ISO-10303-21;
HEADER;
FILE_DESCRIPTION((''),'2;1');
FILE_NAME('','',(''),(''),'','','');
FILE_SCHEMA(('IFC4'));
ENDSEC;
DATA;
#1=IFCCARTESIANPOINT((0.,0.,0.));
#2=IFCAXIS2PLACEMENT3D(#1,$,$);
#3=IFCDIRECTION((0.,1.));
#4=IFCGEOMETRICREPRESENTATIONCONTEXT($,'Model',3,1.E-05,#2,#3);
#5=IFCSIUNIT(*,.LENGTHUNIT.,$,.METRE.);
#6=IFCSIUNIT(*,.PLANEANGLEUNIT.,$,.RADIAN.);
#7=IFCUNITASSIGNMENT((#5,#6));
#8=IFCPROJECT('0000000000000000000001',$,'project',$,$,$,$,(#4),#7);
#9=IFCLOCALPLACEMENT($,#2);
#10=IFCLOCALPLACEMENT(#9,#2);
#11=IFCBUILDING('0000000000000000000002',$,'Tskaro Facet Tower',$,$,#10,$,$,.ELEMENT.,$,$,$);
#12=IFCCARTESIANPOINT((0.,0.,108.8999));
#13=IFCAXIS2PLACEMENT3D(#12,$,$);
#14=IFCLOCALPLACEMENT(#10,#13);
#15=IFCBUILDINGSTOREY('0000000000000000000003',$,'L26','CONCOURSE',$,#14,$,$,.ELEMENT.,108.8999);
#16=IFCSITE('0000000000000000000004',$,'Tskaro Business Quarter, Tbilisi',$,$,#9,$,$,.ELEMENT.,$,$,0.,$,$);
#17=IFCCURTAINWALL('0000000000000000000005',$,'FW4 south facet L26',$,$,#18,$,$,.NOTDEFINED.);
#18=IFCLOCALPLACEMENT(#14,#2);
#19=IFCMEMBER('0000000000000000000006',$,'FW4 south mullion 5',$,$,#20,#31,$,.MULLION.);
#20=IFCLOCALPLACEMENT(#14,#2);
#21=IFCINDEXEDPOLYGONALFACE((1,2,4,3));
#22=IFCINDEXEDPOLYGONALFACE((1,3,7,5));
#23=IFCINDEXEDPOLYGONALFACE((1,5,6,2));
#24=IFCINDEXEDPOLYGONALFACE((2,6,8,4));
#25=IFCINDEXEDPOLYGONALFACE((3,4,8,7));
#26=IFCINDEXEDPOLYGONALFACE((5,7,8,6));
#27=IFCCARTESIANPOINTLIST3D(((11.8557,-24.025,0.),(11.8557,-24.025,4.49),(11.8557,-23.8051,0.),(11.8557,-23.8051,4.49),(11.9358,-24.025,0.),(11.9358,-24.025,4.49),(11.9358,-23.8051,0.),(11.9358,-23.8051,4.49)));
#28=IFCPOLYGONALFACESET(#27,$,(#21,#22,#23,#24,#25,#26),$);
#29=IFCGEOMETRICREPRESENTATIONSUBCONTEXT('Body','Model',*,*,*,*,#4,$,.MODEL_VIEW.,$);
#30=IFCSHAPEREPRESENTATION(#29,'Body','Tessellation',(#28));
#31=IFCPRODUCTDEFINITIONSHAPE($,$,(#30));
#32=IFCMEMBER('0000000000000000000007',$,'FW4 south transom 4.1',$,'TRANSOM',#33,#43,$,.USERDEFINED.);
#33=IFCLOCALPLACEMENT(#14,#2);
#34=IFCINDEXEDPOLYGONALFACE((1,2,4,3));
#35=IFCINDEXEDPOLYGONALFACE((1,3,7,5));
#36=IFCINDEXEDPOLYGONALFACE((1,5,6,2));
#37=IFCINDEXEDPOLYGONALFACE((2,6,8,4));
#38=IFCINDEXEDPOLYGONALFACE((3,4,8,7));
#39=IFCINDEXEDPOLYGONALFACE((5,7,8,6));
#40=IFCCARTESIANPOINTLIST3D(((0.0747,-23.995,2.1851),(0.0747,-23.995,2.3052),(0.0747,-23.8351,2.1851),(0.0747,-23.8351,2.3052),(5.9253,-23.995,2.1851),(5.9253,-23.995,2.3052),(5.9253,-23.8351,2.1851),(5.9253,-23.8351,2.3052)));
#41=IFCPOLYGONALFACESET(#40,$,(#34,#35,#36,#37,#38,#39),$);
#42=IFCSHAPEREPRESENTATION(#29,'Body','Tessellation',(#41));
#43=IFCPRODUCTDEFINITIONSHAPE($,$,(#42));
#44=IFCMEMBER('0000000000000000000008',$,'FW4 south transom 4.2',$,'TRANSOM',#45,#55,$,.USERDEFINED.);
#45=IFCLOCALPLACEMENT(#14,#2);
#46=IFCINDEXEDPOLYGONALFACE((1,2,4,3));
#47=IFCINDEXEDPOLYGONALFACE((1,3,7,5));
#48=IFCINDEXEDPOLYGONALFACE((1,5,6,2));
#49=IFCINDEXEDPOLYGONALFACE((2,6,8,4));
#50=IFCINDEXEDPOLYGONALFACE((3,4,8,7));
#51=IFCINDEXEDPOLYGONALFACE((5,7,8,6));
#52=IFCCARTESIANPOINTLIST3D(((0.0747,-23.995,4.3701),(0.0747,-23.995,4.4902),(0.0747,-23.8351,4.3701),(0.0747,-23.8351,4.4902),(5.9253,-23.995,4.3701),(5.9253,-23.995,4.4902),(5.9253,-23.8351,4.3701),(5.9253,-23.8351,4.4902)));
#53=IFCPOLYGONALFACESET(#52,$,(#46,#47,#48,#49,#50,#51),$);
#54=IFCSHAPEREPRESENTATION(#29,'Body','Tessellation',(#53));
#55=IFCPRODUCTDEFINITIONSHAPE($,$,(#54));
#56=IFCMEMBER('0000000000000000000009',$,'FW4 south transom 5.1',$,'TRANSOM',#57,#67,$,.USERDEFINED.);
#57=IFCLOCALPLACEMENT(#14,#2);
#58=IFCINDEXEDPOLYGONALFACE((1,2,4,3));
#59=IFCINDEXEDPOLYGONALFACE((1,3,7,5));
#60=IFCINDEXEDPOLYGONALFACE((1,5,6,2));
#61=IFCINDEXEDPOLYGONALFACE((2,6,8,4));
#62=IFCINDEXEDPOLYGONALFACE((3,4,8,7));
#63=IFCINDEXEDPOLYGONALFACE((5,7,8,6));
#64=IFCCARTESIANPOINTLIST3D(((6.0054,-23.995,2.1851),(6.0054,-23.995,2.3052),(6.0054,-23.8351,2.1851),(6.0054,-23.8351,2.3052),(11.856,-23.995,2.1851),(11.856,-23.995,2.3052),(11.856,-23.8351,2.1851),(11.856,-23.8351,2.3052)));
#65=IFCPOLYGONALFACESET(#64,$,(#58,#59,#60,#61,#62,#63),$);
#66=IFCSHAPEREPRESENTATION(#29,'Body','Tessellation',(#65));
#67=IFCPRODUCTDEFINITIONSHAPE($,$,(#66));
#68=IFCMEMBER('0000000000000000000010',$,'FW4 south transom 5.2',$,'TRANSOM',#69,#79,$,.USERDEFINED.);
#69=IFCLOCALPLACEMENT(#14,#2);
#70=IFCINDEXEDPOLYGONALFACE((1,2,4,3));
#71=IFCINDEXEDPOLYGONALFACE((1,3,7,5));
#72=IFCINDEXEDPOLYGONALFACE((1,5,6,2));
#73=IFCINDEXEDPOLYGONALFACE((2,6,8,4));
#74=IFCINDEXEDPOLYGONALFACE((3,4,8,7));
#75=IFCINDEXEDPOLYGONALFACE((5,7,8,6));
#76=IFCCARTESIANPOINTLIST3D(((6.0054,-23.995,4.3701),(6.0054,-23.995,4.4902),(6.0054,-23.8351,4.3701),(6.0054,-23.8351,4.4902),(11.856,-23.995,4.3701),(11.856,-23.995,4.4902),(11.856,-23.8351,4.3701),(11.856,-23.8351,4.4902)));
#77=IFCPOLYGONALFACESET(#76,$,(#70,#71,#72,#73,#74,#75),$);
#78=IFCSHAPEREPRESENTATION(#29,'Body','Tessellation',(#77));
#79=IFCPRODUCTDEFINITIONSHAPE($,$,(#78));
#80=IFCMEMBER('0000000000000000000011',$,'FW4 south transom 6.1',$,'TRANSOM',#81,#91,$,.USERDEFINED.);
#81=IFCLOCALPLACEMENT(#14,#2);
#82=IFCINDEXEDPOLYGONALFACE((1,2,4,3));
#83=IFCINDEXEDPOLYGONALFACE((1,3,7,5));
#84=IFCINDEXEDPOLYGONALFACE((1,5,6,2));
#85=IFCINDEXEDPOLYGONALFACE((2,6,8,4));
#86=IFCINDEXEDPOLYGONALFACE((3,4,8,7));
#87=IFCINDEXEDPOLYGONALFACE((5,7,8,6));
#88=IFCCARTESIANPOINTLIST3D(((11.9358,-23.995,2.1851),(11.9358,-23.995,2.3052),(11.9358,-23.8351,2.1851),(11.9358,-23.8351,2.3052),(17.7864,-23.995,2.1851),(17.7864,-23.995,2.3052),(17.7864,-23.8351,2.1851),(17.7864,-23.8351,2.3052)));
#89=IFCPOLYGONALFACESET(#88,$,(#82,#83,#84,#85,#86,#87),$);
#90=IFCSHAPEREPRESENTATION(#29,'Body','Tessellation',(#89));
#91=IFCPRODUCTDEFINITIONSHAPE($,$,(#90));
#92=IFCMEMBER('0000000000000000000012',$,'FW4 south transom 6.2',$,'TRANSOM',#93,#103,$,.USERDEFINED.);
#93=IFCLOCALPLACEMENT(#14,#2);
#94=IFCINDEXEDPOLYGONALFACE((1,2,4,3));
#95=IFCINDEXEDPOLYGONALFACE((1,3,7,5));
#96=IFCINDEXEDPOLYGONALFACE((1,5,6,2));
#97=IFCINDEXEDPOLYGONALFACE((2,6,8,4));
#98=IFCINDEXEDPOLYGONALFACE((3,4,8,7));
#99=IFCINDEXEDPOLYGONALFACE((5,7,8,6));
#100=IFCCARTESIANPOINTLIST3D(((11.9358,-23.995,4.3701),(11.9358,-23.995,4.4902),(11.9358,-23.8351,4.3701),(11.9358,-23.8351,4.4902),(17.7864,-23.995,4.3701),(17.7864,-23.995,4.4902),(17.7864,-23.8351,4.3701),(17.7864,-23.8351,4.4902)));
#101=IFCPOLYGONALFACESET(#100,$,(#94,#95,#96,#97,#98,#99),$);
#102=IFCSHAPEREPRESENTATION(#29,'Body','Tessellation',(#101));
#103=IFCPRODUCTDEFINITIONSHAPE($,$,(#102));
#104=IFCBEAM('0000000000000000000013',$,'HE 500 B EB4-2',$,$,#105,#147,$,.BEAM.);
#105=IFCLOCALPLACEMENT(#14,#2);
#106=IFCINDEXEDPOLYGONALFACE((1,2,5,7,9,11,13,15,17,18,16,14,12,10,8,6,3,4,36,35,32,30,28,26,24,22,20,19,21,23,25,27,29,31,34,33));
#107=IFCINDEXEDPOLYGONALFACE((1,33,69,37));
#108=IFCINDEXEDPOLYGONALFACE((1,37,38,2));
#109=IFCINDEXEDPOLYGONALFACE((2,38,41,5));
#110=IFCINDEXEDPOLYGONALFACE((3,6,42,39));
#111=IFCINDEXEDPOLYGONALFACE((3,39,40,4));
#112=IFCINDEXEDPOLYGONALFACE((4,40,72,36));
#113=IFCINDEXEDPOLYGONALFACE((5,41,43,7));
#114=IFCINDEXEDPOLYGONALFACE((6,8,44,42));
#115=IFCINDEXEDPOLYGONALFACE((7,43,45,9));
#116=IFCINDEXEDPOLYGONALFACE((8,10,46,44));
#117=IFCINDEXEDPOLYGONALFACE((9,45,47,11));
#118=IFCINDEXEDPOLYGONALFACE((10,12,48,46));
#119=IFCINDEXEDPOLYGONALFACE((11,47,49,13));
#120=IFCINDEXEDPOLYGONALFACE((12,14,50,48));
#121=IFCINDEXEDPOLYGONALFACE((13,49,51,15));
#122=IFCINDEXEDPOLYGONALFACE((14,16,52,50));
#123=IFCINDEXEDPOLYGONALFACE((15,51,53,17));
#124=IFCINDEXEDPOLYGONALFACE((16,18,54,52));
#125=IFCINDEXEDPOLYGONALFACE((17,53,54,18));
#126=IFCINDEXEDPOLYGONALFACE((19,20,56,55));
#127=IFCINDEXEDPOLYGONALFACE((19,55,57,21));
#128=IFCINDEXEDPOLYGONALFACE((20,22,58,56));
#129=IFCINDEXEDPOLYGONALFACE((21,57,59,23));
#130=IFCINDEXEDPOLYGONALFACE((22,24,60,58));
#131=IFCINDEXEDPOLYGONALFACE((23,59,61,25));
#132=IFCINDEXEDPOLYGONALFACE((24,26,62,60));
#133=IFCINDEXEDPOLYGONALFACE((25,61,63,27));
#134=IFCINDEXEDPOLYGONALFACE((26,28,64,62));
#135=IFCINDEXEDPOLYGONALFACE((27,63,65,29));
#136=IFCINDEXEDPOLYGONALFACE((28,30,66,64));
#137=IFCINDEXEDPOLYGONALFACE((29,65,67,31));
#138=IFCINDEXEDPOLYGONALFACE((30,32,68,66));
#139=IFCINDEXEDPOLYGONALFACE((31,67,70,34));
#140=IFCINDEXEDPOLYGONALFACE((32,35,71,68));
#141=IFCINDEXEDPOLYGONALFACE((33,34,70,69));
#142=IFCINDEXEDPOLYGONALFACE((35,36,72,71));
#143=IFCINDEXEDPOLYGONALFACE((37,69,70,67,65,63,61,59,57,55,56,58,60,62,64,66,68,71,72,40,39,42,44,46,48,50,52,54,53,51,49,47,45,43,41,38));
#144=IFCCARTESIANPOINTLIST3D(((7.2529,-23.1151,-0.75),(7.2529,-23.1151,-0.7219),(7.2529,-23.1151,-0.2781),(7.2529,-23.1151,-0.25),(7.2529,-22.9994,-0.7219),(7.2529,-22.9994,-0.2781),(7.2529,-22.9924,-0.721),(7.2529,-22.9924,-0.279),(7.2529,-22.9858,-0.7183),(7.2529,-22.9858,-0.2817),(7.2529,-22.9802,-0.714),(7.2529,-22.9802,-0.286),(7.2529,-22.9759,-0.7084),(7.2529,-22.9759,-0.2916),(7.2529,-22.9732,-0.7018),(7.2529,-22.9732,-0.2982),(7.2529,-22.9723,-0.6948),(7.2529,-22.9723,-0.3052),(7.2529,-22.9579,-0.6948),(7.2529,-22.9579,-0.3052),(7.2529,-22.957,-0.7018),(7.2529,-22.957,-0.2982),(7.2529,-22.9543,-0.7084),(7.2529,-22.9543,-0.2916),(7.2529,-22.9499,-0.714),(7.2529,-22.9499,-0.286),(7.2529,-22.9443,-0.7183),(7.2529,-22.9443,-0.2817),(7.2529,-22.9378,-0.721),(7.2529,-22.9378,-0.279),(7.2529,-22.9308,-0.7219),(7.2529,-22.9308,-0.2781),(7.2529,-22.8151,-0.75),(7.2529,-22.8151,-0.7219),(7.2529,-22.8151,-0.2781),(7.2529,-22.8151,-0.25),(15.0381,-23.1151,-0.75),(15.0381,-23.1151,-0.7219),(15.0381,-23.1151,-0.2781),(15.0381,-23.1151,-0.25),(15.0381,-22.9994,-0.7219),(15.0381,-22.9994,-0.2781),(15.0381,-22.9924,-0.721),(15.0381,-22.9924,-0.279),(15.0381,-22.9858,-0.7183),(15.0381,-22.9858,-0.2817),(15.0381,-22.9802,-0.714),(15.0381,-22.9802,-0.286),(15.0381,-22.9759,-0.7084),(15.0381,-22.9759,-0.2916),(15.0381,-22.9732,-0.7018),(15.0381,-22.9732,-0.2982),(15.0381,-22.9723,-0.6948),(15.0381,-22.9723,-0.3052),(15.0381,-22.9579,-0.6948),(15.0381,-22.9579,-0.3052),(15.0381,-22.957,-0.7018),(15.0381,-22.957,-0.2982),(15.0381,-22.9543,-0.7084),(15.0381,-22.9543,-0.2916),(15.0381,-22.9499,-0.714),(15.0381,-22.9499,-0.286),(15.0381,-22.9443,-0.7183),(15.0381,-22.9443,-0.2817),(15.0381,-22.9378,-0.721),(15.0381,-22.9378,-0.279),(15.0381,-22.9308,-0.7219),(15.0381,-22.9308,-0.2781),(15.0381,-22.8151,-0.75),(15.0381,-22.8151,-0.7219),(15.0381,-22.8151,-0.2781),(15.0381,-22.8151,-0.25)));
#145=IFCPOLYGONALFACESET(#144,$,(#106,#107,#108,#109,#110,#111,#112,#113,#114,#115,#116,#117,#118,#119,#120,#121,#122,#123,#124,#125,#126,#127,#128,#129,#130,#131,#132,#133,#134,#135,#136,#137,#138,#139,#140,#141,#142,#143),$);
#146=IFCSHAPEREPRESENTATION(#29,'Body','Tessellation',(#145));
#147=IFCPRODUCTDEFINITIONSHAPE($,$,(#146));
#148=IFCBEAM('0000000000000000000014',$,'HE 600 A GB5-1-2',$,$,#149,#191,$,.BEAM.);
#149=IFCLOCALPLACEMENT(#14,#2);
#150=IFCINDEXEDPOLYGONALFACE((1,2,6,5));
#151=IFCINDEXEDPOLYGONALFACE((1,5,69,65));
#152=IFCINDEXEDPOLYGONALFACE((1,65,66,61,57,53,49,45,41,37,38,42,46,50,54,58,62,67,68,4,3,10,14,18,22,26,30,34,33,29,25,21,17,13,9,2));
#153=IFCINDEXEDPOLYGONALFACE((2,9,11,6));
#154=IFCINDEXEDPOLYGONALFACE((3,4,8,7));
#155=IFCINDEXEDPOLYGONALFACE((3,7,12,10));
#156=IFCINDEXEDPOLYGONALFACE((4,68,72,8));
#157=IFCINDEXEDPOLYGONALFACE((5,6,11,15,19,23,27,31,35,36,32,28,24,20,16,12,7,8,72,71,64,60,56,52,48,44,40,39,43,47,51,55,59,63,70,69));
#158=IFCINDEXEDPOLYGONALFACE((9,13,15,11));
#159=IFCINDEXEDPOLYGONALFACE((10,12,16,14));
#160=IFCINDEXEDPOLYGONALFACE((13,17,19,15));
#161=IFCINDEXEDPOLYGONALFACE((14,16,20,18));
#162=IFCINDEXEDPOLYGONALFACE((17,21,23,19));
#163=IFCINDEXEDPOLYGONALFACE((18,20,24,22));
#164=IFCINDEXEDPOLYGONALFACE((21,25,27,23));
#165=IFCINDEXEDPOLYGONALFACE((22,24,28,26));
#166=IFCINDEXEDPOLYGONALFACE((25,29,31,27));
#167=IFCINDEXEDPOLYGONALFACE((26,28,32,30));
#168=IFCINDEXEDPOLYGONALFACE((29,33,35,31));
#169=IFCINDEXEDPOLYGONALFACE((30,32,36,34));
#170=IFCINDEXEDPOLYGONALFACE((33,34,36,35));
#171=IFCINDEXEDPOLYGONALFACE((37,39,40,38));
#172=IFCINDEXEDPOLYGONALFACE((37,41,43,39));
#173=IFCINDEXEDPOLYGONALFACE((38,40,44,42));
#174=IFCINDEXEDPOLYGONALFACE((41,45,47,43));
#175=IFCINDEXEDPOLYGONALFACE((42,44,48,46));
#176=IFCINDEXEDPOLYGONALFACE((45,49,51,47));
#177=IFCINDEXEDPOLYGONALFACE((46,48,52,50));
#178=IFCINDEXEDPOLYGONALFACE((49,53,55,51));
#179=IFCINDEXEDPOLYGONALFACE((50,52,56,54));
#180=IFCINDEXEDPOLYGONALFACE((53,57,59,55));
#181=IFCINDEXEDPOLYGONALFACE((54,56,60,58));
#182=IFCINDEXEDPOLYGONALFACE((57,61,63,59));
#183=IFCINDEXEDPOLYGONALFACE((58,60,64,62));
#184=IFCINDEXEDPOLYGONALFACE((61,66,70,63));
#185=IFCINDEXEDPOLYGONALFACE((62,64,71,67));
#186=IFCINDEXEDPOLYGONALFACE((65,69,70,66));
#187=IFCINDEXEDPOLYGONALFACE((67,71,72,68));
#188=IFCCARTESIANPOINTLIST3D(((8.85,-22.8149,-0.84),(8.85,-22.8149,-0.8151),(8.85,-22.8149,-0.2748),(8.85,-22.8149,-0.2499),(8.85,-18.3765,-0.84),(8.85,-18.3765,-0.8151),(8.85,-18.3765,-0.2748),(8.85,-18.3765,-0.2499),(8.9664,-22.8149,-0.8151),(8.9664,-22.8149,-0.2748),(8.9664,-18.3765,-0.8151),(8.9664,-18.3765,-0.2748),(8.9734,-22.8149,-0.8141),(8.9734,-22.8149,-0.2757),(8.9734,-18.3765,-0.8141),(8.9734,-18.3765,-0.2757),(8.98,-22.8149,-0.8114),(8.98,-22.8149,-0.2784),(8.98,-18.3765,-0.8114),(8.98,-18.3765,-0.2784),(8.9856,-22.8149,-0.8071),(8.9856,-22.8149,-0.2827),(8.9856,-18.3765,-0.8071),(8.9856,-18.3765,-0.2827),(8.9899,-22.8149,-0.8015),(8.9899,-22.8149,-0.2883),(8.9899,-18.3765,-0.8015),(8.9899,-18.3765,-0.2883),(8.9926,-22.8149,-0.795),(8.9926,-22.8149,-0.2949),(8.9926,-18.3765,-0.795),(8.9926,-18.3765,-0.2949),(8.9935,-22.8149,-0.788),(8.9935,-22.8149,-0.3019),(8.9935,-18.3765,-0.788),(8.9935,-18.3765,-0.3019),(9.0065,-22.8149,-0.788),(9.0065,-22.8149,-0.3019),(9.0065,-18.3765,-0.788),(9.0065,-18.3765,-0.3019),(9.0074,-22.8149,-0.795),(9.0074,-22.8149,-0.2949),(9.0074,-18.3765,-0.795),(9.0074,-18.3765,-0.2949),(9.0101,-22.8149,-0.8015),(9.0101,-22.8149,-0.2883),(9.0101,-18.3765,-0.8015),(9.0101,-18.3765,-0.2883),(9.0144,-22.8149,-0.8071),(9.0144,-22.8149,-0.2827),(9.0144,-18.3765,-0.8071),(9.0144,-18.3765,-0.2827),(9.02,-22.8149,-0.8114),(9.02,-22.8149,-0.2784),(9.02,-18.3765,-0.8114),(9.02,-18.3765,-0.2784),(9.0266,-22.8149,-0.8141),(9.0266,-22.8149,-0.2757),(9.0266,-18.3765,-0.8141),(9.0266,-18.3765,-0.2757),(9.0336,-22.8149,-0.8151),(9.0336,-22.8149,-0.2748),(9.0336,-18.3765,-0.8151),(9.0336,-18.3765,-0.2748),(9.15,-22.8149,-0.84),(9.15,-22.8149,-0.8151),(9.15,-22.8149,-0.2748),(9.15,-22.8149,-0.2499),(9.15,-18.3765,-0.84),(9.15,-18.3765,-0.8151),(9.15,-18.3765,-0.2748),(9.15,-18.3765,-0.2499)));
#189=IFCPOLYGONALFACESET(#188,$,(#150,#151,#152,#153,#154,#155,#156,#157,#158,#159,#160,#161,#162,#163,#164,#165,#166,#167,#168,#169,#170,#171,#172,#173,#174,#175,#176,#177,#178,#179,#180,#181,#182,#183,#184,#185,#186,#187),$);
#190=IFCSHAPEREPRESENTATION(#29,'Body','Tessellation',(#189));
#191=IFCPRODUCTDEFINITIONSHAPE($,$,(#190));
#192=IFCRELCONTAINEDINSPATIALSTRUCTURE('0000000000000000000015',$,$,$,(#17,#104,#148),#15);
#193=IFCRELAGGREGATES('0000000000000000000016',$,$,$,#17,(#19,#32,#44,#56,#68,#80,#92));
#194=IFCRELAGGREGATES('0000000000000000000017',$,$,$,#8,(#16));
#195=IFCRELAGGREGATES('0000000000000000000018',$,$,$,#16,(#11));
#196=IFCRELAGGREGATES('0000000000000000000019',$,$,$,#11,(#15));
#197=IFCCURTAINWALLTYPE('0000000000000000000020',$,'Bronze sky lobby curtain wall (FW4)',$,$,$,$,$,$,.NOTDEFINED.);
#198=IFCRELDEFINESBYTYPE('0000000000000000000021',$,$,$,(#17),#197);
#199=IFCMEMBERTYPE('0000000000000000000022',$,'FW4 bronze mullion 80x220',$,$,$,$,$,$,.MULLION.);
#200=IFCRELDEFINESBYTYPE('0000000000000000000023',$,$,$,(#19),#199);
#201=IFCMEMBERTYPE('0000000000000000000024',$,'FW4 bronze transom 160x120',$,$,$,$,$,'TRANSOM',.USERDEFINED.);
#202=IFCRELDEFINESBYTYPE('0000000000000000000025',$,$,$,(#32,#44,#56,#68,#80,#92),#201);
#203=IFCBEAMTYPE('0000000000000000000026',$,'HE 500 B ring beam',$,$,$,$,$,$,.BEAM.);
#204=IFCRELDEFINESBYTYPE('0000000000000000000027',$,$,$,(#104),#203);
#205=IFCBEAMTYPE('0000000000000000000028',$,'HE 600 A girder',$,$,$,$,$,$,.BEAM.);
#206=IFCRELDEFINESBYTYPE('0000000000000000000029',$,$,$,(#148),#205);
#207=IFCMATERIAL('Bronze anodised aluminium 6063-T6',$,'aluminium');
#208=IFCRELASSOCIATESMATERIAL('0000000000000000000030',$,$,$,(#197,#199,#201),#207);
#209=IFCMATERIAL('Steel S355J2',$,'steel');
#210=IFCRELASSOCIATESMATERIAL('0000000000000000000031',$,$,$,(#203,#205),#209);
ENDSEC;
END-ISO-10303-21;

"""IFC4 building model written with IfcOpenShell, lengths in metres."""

from ifc_helpers import new_model, si_unit, direction, frame, origin, origin_2d, place, context, subcontext, project, spatial, rectangle, i_section, extrude, material, material_profile, profile_set, type_object, element, aggregate, save


model = new_model("IFC4")

# Units and contexts
model_context = context("Model", 3, precision=1e-05, world=origin(), true_north=direction((0.0, 1.0)))
body_context = subcontext(model_context, "Body", "Model", "MODEL_VIEW")
ifc_project = project(units=[si_unit("LENGTHUNIT", "METRE"), si_unit("PLANEANGLEUNIT", "RADIAN")], contexts=[model_context])

# Site, building, storey
site_placement = place(None, origin())
site = spatial("IfcSite", under=ifc_project, at=site_placement, Name="Tskaro Business Quarter, Tbilisi", CompositionType="ELEMENT", RefElevation=0.0)
building_placement = place(site_placement, origin())
building = spatial("IfcBuilding", under=site, at=building_placement, Name="Tskaro Facet Tower", CompositionType="ELEMENT")
storey_placement = place(building_placement, frame((0.0, 0.0, 108.8999)))
storey = spatial("IfcBuildingStorey", under=building, at=storey_placement, Name="L26", Description="CONCOURSE", CompositionType="ELEMENT", Elevation=108.8999)

# Curtain wall, members
ifc_material_1 = material(Name="Bronze anodised aluminium 6063-T6", Category="aluminium")
curtain_wall_type = type_object("IfcCurtainWallType", Name="Bronze sky lobby curtain wall (FW4)", PredefinedType="NOTDEFINED", material=ifc_material_1)
curtain_wall_placement = place(storey_placement, origin())
curtain_wall = element("IfcCurtainWall", 1, at=curtain_wall_placement, inside=storey, type_object=curtain_wall_type, Name="FW4 south facet L26", PredefinedType="NOTDEFINED")
ifc_material_profile_1 = material_profile(ifc_material_1, rectangle(XDim=0.0801, YDim=0.22, at=origin_2d()), Name="Mullion 80x220")
ifc_profile_set_1 = profile_set([ifc_material_profile_1], Name="Bronze anodised aluminium 6063-T6")
member_type_1 = type_object("IfcMemberType", Name="FW4 bronze mullion 80x220", PredefinedType="MULLION", material=ifc_profile_set_1)
member_1_placement = place(storey_placement, frame((11.8958, -23.915, 0.0), z_axis=(0.0, 0.0, 1.0), x_axis=(1.0, 0.0, 0.0)))
member_1 = element("IfcMember", 2, at=member_1_placement, type_object=member_type_1, Name="FW4 south mullion 5", PredefinedType="MULLION", context=body_context, shape_type="SweptSolid", body=[
    extrude(rectangle(XDim=0.0801, YDim=0.22, at=origin_2d()), origin(), (0.0, 0.0, 1.0), 4.49),
])
ifc_material_profile_2 = material_profile(ifc_material_1, rectangle(XDim=0.1599, YDim=0.1201, at=origin_2d()), Name="Transom 160x120")
ifc_profile_set_2 = profile_set([ifc_material_profile_2], Name="Bronze anodised aluminium 6063-T6")
member_type_2 = type_object("IfcMemberType", Name="FW4 bronze transom 160x120", ElementType="TRANSOM", PredefinedType="USERDEFINED", material=ifc_profile_set_2)
member_2_placement = place(storey_placement, frame((0.0747, -23.915, 2.2451), z_axis=(1.0, 0.0, 0.0), x_axis=(0.0, 1.0, 0.0)))
member_2 = element("IfcMember", 3, at=member_2_placement, type_object=member_type_2, Name="FW4 south transom 4.1", ObjectType="TRANSOM", PredefinedType="USERDEFINED", context=body_context, shape_type="SweptSolid", body=[
    extrude(rectangle(XDim=0.1599, YDim=0.1201, at=origin_2d()), origin(), (0.0, 0.0, 1.0), 5.8506),
])
member_3_placement = place(storey_placement, frame((0.0747, -23.915, 4.4302), z_axis=(1.0, 0.0, 0.0), x_axis=(0.0, 1.0, 0.0)))
member_3 = element("IfcMember", 4, at=member_3_placement, type_object=member_type_2, Name="FW4 south transom 4.2", ObjectType="TRANSOM", PredefinedType="USERDEFINED", context=body_context, shape_type="SweptSolid", body=[
    extrude(rectangle(XDim=0.1599, YDim=0.1201, at=origin_2d()), origin(), (0.0, 0.0, 1.0), 5.8506),
])
member_4_placement = place(storey_placement, frame((6.0054, -23.915, 2.2451), z_axis=(1.0, 0.0, 0.0), x_axis=(0.0, 1.0, 0.0)))
member_4 = element("IfcMember", 5, at=member_4_placement, type_object=member_type_2, Name="FW4 south transom 5.1", ObjectType="TRANSOM", PredefinedType="USERDEFINED", context=body_context, shape_type="SweptSolid", body=[
    extrude(rectangle(XDim=0.1599, YDim=0.1201, at=origin_2d()), origin(), (0.0, 0.0, 1.0), 5.8506),
])
member_5_placement = place(storey_placement, frame((6.0054, -23.915, 4.4302), z_axis=(1.0, 0.0, 0.0), x_axis=(0.0, 1.0, 0.0)))
member_5 = element("IfcMember", 6, at=member_5_placement, type_object=member_type_2, Name="FW4 south transom 5.2", ObjectType="TRANSOM", PredefinedType="USERDEFINED", context=body_context, shape_type="SweptSolid", body=[
    extrude(rectangle(XDim=0.1599, YDim=0.1201, at=origin_2d()), origin(), (0.0, 0.0, 1.0), 5.8506),
])
member_6_placement = place(storey_placement, frame((11.9358, -23.915, 2.2451), z_axis=(1.0, 0.0, 0.0), x_axis=(0.0, 1.0, 0.0)))
member_6 = element("IfcMember", 7, at=member_6_placement, type_object=member_type_2, Name="FW4 south transom 6.1", ObjectType="TRANSOM", PredefinedType="USERDEFINED", context=body_context, shape_type="SweptSolid", body=[
    extrude(rectangle(XDim=0.1599, YDim=0.1201, at=origin_2d()), origin(), (0.0, 0.0, 1.0), 5.8506),
])
member_7_placement = place(storey_placement, frame((11.9358, -23.915, 4.4302), z_axis=(1.0, 0.0, 0.0), x_axis=(0.0, 1.0, 0.0)))
member_7 = element("IfcMember", 8, at=member_7_placement, type_object=member_type_2, Name="FW4 south transom 6.2", ObjectType="TRANSOM", PredefinedType="USERDEFINED", context=body_context, shape_type="SweptSolid", body=[
    extrude(rectangle(XDim=0.1599, YDim=0.1201, at=origin_2d()), origin(), (0.0, 0.0, 1.0), 5.8506),
])

# Beams
ifc_material_2 = material(Name="Steel S355J2", Category="steel")
ifc_material_profile_3 = material_profile(ifc_material_2, i_section(OverallWidth=0.3, OverallDepth=0.5, WebThickness=0.0144, FlangeThickness=0.0281, FilletRadius=0.0271, at=origin_2d()), Name="HE 500 B")
ifc_profile_set_3 = profile_set([ifc_material_profile_3], Name="Steel S355J2")
beam_type_1 = type_object("IfcBeamType", Name="HE 500 B ring beam", PredefinedType="BEAM", material=ifc_profile_set_3)
beam_1_placement = place(storey_placement, frame((7.2529, -22.9651, -0.5), z_axis=(1.0, 0.0, 0.0), x_axis=(0.0, 1.0, 0.0)))
element("IfcBeam", 9, at=beam_1_placement, inside=storey, type_object=beam_type_1, Name="HE 500 B EB4-2", PredefinedType="BEAM", context=body_context, shape_type="SweptSolid", body=[
    extrude(i_section(OverallWidth=0.3, OverallDepth=0.5, WebThickness=0.0144, FlangeThickness=0.0281, FilletRadius=0.0271, at=origin_2d()), origin(), (0.0, 0.0, 1.0), 7.7852),
])
ifc_material_profile_4 = material_profile(ifc_material_2, i_section(OverallWidth=0.3, OverallDepth=0.5901, WebThickness=0.0129, FlangeThickness=0.0249, FilletRadius=0.0271, at=origin_2d()), Name="HE 600 A")
ifc_profile_set_4 = profile_set([ifc_material_profile_4], Name="Steel S355J2")
beam_type_2 = type_object("IfcBeamType", Name="HE 600 A girder", PredefinedType="BEAM", material=ifc_profile_set_4)
beam_2_placement = place(storey_placement, frame((9.0, -22.8149, -0.5449), z_axis=(0.0, 1.0, 0.0), x_axis=(-1.0, 0.0, 0.0)))
element("IfcBeam", 10, at=beam_2_placement, inside=storey, type_object=beam_type_2, Name="HE 600 A GB5-1-2", PredefinedType="BEAM", context=body_context, shape_type="SweptSolid", body=[
    extrude(i_section(OverallWidth=0.3, OverallDepth=0.5901, WebThickness=0.0129, FlangeThickness=0.0249, FilletRadius=0.0271, at=origin_2d()), origin(), (0.0, 0.0, 1.0), 4.4385),
])

aggregate(curtain_wall, [member_1, member_2, member_3, member_4, member_5, member_6, member_7])

save(model, "model.ifc")
